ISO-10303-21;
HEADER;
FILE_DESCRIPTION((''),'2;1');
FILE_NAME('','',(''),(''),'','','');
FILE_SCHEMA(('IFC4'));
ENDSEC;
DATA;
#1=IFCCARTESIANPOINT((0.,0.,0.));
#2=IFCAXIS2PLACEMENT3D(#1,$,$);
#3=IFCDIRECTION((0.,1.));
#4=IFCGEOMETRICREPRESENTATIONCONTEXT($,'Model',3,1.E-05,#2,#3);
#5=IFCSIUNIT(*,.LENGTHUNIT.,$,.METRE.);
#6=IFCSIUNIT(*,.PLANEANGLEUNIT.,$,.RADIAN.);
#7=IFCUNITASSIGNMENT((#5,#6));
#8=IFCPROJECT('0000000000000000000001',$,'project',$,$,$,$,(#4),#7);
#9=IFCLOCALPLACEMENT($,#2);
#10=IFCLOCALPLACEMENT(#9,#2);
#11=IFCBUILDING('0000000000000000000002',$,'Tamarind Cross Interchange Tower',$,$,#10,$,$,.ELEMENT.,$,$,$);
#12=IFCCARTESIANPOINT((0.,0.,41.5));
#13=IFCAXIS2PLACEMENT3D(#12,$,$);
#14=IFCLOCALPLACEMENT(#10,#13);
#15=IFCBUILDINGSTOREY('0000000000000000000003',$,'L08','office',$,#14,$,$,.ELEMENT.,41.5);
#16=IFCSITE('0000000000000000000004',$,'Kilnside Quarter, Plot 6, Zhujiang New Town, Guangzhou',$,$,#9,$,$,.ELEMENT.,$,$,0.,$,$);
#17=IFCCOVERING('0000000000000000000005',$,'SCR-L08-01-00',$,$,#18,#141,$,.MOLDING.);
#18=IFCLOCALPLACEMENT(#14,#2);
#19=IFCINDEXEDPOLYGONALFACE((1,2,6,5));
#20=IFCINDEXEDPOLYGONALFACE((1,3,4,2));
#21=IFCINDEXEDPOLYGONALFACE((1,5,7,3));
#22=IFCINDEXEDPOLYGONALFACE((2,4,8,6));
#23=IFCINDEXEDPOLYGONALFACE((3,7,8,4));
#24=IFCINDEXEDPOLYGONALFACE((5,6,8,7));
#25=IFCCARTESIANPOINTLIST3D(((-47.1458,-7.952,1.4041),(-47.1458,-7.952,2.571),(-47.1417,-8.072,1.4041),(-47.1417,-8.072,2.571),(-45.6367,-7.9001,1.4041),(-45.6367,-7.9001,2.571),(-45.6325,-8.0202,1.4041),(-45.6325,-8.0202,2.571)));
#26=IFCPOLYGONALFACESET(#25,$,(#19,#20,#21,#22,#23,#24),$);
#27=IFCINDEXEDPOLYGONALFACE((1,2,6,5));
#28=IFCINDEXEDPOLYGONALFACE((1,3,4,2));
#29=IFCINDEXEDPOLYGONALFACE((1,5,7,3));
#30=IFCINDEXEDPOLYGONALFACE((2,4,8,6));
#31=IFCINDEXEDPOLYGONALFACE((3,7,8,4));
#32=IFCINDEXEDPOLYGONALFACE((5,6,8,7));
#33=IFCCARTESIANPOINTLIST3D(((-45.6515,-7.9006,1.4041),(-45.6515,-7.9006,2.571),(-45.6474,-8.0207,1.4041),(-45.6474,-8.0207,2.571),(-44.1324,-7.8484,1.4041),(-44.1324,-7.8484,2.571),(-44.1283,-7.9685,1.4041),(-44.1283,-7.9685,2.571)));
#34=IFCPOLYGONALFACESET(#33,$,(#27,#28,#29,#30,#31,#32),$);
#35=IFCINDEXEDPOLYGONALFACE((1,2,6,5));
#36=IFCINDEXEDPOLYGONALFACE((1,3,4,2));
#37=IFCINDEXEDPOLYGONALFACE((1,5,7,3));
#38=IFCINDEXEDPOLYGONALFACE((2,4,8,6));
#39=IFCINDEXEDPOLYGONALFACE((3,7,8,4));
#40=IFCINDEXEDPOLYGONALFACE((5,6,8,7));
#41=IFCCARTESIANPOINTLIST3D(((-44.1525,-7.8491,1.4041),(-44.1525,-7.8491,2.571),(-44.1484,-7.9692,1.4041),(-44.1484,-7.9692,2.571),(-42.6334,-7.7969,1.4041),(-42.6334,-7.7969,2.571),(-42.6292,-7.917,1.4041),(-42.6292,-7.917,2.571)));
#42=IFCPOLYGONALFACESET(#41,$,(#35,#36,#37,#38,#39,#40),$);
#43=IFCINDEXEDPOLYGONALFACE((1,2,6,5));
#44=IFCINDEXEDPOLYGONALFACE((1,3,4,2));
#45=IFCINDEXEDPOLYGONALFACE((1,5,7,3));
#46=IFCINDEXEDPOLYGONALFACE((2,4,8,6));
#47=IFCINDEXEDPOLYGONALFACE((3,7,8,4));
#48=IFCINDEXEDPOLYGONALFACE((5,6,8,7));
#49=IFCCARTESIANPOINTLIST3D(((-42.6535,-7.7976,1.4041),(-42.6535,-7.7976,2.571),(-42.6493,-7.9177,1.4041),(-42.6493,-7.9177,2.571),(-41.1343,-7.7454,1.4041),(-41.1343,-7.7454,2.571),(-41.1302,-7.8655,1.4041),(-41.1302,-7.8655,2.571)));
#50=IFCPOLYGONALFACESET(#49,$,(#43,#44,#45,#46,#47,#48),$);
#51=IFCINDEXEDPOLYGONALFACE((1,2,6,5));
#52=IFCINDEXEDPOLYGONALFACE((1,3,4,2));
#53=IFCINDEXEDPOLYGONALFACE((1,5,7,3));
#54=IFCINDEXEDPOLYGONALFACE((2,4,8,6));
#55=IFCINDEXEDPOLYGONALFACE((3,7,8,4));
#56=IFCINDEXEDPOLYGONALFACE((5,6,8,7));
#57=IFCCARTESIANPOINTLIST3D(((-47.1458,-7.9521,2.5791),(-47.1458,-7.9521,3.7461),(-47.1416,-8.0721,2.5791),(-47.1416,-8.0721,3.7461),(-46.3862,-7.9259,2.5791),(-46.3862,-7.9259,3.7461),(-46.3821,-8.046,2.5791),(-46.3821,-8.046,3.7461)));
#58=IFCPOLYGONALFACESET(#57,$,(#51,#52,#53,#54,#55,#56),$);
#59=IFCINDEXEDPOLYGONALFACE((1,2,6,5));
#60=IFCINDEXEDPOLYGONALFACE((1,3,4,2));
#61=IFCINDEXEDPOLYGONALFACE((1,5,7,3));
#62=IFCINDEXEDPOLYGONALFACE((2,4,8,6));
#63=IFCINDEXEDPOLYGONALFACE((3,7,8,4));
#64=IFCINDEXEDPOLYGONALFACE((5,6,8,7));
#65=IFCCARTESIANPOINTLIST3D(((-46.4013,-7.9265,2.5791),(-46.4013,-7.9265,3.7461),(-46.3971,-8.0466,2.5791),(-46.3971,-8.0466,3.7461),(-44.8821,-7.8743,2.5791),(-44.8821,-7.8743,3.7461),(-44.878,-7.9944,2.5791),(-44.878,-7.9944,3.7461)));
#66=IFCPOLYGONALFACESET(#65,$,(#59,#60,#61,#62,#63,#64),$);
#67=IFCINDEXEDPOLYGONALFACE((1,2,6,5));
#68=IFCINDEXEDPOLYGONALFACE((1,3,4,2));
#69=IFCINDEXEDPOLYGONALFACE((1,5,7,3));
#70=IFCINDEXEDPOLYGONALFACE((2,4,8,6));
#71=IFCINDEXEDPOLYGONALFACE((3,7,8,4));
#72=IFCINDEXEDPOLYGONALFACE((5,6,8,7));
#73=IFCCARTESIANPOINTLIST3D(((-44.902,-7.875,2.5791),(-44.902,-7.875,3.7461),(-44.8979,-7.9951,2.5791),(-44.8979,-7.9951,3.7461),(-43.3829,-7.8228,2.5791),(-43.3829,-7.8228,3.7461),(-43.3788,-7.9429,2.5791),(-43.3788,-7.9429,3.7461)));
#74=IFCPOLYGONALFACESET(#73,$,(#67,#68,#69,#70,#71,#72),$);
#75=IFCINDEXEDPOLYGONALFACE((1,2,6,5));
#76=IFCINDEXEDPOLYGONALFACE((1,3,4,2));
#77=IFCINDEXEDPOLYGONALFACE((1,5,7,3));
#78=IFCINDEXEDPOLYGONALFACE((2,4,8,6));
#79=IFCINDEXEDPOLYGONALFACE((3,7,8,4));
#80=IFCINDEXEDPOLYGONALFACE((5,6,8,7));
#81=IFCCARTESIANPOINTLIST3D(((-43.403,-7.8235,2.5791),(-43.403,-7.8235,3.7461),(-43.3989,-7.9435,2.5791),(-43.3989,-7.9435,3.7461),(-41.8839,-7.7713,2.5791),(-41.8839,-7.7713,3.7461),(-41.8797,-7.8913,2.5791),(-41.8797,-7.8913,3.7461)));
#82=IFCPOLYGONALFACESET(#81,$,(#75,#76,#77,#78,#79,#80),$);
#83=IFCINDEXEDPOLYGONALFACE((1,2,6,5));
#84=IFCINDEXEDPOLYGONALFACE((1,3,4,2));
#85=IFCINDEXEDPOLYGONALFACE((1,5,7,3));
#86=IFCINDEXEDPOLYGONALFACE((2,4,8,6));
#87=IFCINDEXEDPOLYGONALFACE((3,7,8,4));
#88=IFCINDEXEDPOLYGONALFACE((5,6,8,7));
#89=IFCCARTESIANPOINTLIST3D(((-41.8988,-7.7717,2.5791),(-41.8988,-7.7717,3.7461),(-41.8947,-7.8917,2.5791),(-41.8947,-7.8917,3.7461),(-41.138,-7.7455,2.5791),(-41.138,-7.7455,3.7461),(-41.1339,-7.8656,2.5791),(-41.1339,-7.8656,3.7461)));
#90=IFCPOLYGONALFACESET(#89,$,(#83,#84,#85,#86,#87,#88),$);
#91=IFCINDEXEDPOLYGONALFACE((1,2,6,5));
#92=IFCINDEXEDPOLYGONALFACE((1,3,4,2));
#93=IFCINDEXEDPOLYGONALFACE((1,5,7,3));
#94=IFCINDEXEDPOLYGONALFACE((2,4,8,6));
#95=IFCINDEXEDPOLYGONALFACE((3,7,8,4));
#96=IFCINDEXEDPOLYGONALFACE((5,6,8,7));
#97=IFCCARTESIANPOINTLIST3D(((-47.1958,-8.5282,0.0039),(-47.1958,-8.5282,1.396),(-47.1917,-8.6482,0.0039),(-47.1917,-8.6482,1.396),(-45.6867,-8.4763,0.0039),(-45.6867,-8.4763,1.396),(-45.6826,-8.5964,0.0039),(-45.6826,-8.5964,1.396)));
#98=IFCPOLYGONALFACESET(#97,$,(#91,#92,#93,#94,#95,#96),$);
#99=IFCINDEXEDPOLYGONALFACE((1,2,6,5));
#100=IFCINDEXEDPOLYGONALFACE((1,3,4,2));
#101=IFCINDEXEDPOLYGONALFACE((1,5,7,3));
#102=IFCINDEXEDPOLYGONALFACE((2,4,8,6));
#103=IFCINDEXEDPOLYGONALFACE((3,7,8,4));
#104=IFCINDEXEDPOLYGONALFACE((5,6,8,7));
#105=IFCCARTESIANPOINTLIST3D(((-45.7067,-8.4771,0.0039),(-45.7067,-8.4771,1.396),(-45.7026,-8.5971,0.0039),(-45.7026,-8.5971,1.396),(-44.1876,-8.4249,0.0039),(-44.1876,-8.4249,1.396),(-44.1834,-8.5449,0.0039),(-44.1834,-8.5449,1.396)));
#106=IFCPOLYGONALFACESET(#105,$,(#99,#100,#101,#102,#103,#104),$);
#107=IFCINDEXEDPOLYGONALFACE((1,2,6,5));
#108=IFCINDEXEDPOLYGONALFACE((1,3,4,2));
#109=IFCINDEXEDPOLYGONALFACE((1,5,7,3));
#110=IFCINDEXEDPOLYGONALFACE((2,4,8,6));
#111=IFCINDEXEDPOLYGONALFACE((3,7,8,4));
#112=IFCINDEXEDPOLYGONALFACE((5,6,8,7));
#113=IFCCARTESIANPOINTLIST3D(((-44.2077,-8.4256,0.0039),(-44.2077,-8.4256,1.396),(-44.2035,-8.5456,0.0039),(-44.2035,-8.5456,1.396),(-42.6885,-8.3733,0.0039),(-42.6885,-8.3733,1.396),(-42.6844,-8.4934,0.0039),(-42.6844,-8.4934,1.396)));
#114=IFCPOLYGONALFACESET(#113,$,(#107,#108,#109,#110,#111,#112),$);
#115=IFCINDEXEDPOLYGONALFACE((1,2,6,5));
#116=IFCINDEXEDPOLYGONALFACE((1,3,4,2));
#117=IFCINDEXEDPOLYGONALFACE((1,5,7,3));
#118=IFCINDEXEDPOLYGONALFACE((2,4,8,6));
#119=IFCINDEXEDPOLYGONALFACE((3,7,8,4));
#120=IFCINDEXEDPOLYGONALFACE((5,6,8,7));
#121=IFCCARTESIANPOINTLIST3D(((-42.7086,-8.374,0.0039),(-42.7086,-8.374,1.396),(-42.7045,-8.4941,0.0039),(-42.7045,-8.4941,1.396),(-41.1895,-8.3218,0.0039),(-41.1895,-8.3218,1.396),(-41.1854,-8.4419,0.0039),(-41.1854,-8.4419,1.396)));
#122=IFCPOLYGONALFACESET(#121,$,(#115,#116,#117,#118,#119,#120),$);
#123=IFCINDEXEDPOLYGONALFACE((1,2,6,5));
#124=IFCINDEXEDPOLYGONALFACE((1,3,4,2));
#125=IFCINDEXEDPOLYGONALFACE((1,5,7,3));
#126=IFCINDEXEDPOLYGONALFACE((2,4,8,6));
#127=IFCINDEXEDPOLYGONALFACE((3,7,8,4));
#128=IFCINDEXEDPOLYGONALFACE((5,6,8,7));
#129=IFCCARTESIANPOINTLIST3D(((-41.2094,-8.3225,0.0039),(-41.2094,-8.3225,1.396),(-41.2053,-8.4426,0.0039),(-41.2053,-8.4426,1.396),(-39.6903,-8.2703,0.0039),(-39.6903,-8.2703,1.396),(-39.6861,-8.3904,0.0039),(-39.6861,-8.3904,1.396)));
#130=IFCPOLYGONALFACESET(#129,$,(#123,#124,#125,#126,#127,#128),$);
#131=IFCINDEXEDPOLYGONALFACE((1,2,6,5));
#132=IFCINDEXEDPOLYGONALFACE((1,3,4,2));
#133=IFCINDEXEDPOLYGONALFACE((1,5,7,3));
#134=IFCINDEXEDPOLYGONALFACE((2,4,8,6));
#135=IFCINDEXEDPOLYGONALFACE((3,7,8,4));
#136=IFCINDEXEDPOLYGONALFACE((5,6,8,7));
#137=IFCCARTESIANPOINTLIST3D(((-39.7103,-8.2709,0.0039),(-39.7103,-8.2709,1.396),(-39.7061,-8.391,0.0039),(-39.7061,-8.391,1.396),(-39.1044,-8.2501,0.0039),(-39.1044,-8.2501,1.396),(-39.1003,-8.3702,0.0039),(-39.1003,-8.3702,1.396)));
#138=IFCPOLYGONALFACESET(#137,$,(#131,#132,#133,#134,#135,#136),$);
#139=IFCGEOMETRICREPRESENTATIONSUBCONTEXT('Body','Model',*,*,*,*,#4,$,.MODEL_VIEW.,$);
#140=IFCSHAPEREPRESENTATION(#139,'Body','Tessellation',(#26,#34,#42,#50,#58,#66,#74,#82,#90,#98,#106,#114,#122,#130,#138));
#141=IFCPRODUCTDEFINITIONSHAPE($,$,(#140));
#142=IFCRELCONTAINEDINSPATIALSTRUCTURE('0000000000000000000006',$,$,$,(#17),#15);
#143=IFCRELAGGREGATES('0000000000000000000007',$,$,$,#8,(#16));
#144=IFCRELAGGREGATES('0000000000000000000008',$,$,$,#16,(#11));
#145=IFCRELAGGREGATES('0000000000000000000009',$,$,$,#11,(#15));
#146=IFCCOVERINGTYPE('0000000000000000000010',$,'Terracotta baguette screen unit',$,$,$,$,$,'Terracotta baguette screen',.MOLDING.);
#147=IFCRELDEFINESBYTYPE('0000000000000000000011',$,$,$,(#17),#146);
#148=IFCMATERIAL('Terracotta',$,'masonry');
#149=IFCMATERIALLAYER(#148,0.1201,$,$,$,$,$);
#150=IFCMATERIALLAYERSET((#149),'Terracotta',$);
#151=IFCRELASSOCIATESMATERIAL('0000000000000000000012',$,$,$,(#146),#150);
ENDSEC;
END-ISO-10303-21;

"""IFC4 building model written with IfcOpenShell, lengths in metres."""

from ifc_helpers import new_model, si_unit, direction, frame, origin, origin_2d, place, context, subcontext, project, spatial, rectangle, extrude, material, layer, layer_set, type_object, element, save


model = new_model("IFC4")

# Units and contexts
model_context = context("Model", 3, precision=1e-05, world=origin(), true_north=direction((0.0, 1.0)))
body_context = subcontext(model_context, "Body", "Model", "MODEL_VIEW")
ifc_project = project(units=[si_unit("LENGTHUNIT", "METRE"), si_unit("PLANEANGLEUNIT", "RADIAN")], contexts=[model_context])

# Site, building, storey
site_placement = place(None, origin())
site = spatial("IfcSite", under=ifc_project, at=site_placement, Name="Kilnside Quarter, Plot 6, Zhujiang New Town, Guangzhou", CompositionType="ELEMENT", RefElevation=0.0)
building_placement = place(site_placement, origin())
building = spatial("IfcBuilding", under=site, at=building_placement, Name="Tamarind Cross Interchange Tower", CompositionType="ELEMENT")
storey_placement = place(building_placement, frame((0.0, 0.0, 41.5)))
storey = spatial("IfcBuildingStorey", under=building, at=storey_placement, Name="L08", Description="office", CompositionType="ELEMENT", Elevation=41.5)

# Covering
ifc_material_1 = material(Name="Terracotta", Category="masonry")
ifc_layer_1 = layer(ifc_material_1, 0.1201)
ifc_layer_set_1 = layer_set([ifc_layer_1], Name="Terracotta")
covering_type = type_object("IfcCoveringType", Name="Terracotta baguette screen unit", ElementType="Terracotta baguette screen", PredefinedType="MOLDING", material=ifc_layer_set_1)
covering_1_placement = place(storey_placement, origin())
element("IfcCovering", 1, at=covering_1_placement, inside=storey, type_object=covering_type, Name="SCR-L08-01-00", PredefinedType="MOLDING", context=body_context, shape_type="SweptSolid", body=[
    extrude(rectangle(XDim=1.51, YDim=0.1201, at=origin_2d()), frame((-46.3892, -7.9861, 1.4041), z_axis=(0.0, 0.0, 1.0), x_axis=(0.99941, 0.034343, 0.0)), (0.0, 0.0, 1.0), 1.167),
    extrude(rectangle(XDim=1.52, YDim=0.1201, at=origin_2d()), frame((-44.8899, -7.9346, 1.4041), z_axis=(0.0, 0.0, 1.0), x_axis=(0.99941, 0.034343, 0.0)), (0.0, 0.0, 1.0), 1.167),
    extrude(rectangle(XDim=1.52, YDim=0.1201, at=origin_2d()), frame((-43.3909, -7.8831, 1.4041), z_axis=(0.0, 0.0, 1.0), x_axis=(0.99941, 0.034343, 0.0)), (0.0, 0.0, 1.0), 1.167),
    extrude(rectangle(XDim=1.52, YDim=0.1201, at=origin_2d()), frame((-41.8918, -7.8315, 1.4041), z_axis=(0.0, 0.0, 1.0), x_axis=(0.99941, 0.034343, 0.0)), (0.0, 0.0, 1.0), 1.167),
    extrude(rectangle(XDim=0.76, YDim=0.1201, at=origin_2d()), frame((-46.7639, -7.999, 2.5791), z_axis=(0.0, 0.0, 1.0), x_axis=(0.99941, 0.034343, 0.0)), (0.0, 0.0, 1.0), 1.167),
    extrude(rectangle(XDim=1.52, YDim=0.1201, at=origin_2d()), frame((-45.6396, -7.9604, 2.5791), z_axis=(0.0, 0.0, 1.0), x_axis=(0.99941, 0.034343, 0.0)), (0.0, 0.0, 1.0), 1.167),
    extrude(rectangle(XDim=1.52, YDim=0.1201, at=origin_2d()), frame((-44.1404, -7.9089, 2.5791), z_axis=(0.0, 0.0, 1.0), x_axis=(0.99941, 0.034343, 0.0)), (0.0, 0.0, 1.0), 1.167),
    extrude(rectangle(XDim=1.52, YDim=0.1201, at=origin_2d()), frame((-42.6414, -7.8574, 2.5791), z_axis=(0.0, 0.0, 1.0), x_axis=(0.99941, 0.034343, 0.0)), (0.0, 0.0, 1.0), 1.167),
    extrude(rectangle(XDim=0.7612, YDim=0.1201, at=origin_2d()), frame((-41.5164, -7.8186, 2.5791), z_axis=(0.0, 0.0, 1.0), x_axis=(0.99941, 0.034343, 0.0)), (0.0, 0.0, 1.0), 1.167),
    extrude(rectangle(XDim=1.51, YDim=0.1201, at=origin_2d()), frame((-46.4392, -8.5623, 0.0039), z_axis=(0.0, 0.0, 1.0), x_axis=(0.99941, 0.034343, 0.0)), (0.0, 0.0, 1.0), 1.3921),
    extrude(rectangle(XDim=1.52, YDim=0.1201, at=origin_2d()), frame((-44.9451, -8.511, 0.0039), z_axis=(0.0, 0.0, 1.0), x_axis=(0.99941, 0.034343, 0.0)), (0.0, 0.0, 1.0), 1.3921),
    extrude(rectangle(XDim=1.52, YDim=0.1201, at=origin_2d()), frame((-43.446, -8.4595, 0.0039), z_axis=(0.0, 0.0, 1.0), x_axis=(0.99941, 0.034343, 0.0)), (0.0, 0.0, 1.0), 1.3921),
    extrude(rectangle(XDim=1.52, YDim=0.1201, at=origin_2d()), frame((-41.947, -8.408, 0.0039), z_axis=(0.0, 0.0, 1.0), x_axis=(0.99941, 0.034343, 0.0)), (0.0, 0.0, 1.0), 1.3921),
    extrude(rectangle(XDim=1.52, YDim=0.1201, at=origin_2d()), frame((-40.4478, -8.3564, 0.0039), z_axis=(0.0, 0.0, 1.0), x_axis=(0.99941, 0.034343, 0.0)), (0.0, 0.0, 1.0), 1.3921),
    extrude(rectangle(XDim=0.6062, YDim=0.1201, at=origin_2d()), frame((-39.4053, -8.3206, 0.0039), z_axis=(0.0, 0.0, 1.0), x_axis=(0.99941, 0.034343, 0.0)), (0.0, 0.0, 1.0), 1.3921),
])

save(model, "model.ifc")
